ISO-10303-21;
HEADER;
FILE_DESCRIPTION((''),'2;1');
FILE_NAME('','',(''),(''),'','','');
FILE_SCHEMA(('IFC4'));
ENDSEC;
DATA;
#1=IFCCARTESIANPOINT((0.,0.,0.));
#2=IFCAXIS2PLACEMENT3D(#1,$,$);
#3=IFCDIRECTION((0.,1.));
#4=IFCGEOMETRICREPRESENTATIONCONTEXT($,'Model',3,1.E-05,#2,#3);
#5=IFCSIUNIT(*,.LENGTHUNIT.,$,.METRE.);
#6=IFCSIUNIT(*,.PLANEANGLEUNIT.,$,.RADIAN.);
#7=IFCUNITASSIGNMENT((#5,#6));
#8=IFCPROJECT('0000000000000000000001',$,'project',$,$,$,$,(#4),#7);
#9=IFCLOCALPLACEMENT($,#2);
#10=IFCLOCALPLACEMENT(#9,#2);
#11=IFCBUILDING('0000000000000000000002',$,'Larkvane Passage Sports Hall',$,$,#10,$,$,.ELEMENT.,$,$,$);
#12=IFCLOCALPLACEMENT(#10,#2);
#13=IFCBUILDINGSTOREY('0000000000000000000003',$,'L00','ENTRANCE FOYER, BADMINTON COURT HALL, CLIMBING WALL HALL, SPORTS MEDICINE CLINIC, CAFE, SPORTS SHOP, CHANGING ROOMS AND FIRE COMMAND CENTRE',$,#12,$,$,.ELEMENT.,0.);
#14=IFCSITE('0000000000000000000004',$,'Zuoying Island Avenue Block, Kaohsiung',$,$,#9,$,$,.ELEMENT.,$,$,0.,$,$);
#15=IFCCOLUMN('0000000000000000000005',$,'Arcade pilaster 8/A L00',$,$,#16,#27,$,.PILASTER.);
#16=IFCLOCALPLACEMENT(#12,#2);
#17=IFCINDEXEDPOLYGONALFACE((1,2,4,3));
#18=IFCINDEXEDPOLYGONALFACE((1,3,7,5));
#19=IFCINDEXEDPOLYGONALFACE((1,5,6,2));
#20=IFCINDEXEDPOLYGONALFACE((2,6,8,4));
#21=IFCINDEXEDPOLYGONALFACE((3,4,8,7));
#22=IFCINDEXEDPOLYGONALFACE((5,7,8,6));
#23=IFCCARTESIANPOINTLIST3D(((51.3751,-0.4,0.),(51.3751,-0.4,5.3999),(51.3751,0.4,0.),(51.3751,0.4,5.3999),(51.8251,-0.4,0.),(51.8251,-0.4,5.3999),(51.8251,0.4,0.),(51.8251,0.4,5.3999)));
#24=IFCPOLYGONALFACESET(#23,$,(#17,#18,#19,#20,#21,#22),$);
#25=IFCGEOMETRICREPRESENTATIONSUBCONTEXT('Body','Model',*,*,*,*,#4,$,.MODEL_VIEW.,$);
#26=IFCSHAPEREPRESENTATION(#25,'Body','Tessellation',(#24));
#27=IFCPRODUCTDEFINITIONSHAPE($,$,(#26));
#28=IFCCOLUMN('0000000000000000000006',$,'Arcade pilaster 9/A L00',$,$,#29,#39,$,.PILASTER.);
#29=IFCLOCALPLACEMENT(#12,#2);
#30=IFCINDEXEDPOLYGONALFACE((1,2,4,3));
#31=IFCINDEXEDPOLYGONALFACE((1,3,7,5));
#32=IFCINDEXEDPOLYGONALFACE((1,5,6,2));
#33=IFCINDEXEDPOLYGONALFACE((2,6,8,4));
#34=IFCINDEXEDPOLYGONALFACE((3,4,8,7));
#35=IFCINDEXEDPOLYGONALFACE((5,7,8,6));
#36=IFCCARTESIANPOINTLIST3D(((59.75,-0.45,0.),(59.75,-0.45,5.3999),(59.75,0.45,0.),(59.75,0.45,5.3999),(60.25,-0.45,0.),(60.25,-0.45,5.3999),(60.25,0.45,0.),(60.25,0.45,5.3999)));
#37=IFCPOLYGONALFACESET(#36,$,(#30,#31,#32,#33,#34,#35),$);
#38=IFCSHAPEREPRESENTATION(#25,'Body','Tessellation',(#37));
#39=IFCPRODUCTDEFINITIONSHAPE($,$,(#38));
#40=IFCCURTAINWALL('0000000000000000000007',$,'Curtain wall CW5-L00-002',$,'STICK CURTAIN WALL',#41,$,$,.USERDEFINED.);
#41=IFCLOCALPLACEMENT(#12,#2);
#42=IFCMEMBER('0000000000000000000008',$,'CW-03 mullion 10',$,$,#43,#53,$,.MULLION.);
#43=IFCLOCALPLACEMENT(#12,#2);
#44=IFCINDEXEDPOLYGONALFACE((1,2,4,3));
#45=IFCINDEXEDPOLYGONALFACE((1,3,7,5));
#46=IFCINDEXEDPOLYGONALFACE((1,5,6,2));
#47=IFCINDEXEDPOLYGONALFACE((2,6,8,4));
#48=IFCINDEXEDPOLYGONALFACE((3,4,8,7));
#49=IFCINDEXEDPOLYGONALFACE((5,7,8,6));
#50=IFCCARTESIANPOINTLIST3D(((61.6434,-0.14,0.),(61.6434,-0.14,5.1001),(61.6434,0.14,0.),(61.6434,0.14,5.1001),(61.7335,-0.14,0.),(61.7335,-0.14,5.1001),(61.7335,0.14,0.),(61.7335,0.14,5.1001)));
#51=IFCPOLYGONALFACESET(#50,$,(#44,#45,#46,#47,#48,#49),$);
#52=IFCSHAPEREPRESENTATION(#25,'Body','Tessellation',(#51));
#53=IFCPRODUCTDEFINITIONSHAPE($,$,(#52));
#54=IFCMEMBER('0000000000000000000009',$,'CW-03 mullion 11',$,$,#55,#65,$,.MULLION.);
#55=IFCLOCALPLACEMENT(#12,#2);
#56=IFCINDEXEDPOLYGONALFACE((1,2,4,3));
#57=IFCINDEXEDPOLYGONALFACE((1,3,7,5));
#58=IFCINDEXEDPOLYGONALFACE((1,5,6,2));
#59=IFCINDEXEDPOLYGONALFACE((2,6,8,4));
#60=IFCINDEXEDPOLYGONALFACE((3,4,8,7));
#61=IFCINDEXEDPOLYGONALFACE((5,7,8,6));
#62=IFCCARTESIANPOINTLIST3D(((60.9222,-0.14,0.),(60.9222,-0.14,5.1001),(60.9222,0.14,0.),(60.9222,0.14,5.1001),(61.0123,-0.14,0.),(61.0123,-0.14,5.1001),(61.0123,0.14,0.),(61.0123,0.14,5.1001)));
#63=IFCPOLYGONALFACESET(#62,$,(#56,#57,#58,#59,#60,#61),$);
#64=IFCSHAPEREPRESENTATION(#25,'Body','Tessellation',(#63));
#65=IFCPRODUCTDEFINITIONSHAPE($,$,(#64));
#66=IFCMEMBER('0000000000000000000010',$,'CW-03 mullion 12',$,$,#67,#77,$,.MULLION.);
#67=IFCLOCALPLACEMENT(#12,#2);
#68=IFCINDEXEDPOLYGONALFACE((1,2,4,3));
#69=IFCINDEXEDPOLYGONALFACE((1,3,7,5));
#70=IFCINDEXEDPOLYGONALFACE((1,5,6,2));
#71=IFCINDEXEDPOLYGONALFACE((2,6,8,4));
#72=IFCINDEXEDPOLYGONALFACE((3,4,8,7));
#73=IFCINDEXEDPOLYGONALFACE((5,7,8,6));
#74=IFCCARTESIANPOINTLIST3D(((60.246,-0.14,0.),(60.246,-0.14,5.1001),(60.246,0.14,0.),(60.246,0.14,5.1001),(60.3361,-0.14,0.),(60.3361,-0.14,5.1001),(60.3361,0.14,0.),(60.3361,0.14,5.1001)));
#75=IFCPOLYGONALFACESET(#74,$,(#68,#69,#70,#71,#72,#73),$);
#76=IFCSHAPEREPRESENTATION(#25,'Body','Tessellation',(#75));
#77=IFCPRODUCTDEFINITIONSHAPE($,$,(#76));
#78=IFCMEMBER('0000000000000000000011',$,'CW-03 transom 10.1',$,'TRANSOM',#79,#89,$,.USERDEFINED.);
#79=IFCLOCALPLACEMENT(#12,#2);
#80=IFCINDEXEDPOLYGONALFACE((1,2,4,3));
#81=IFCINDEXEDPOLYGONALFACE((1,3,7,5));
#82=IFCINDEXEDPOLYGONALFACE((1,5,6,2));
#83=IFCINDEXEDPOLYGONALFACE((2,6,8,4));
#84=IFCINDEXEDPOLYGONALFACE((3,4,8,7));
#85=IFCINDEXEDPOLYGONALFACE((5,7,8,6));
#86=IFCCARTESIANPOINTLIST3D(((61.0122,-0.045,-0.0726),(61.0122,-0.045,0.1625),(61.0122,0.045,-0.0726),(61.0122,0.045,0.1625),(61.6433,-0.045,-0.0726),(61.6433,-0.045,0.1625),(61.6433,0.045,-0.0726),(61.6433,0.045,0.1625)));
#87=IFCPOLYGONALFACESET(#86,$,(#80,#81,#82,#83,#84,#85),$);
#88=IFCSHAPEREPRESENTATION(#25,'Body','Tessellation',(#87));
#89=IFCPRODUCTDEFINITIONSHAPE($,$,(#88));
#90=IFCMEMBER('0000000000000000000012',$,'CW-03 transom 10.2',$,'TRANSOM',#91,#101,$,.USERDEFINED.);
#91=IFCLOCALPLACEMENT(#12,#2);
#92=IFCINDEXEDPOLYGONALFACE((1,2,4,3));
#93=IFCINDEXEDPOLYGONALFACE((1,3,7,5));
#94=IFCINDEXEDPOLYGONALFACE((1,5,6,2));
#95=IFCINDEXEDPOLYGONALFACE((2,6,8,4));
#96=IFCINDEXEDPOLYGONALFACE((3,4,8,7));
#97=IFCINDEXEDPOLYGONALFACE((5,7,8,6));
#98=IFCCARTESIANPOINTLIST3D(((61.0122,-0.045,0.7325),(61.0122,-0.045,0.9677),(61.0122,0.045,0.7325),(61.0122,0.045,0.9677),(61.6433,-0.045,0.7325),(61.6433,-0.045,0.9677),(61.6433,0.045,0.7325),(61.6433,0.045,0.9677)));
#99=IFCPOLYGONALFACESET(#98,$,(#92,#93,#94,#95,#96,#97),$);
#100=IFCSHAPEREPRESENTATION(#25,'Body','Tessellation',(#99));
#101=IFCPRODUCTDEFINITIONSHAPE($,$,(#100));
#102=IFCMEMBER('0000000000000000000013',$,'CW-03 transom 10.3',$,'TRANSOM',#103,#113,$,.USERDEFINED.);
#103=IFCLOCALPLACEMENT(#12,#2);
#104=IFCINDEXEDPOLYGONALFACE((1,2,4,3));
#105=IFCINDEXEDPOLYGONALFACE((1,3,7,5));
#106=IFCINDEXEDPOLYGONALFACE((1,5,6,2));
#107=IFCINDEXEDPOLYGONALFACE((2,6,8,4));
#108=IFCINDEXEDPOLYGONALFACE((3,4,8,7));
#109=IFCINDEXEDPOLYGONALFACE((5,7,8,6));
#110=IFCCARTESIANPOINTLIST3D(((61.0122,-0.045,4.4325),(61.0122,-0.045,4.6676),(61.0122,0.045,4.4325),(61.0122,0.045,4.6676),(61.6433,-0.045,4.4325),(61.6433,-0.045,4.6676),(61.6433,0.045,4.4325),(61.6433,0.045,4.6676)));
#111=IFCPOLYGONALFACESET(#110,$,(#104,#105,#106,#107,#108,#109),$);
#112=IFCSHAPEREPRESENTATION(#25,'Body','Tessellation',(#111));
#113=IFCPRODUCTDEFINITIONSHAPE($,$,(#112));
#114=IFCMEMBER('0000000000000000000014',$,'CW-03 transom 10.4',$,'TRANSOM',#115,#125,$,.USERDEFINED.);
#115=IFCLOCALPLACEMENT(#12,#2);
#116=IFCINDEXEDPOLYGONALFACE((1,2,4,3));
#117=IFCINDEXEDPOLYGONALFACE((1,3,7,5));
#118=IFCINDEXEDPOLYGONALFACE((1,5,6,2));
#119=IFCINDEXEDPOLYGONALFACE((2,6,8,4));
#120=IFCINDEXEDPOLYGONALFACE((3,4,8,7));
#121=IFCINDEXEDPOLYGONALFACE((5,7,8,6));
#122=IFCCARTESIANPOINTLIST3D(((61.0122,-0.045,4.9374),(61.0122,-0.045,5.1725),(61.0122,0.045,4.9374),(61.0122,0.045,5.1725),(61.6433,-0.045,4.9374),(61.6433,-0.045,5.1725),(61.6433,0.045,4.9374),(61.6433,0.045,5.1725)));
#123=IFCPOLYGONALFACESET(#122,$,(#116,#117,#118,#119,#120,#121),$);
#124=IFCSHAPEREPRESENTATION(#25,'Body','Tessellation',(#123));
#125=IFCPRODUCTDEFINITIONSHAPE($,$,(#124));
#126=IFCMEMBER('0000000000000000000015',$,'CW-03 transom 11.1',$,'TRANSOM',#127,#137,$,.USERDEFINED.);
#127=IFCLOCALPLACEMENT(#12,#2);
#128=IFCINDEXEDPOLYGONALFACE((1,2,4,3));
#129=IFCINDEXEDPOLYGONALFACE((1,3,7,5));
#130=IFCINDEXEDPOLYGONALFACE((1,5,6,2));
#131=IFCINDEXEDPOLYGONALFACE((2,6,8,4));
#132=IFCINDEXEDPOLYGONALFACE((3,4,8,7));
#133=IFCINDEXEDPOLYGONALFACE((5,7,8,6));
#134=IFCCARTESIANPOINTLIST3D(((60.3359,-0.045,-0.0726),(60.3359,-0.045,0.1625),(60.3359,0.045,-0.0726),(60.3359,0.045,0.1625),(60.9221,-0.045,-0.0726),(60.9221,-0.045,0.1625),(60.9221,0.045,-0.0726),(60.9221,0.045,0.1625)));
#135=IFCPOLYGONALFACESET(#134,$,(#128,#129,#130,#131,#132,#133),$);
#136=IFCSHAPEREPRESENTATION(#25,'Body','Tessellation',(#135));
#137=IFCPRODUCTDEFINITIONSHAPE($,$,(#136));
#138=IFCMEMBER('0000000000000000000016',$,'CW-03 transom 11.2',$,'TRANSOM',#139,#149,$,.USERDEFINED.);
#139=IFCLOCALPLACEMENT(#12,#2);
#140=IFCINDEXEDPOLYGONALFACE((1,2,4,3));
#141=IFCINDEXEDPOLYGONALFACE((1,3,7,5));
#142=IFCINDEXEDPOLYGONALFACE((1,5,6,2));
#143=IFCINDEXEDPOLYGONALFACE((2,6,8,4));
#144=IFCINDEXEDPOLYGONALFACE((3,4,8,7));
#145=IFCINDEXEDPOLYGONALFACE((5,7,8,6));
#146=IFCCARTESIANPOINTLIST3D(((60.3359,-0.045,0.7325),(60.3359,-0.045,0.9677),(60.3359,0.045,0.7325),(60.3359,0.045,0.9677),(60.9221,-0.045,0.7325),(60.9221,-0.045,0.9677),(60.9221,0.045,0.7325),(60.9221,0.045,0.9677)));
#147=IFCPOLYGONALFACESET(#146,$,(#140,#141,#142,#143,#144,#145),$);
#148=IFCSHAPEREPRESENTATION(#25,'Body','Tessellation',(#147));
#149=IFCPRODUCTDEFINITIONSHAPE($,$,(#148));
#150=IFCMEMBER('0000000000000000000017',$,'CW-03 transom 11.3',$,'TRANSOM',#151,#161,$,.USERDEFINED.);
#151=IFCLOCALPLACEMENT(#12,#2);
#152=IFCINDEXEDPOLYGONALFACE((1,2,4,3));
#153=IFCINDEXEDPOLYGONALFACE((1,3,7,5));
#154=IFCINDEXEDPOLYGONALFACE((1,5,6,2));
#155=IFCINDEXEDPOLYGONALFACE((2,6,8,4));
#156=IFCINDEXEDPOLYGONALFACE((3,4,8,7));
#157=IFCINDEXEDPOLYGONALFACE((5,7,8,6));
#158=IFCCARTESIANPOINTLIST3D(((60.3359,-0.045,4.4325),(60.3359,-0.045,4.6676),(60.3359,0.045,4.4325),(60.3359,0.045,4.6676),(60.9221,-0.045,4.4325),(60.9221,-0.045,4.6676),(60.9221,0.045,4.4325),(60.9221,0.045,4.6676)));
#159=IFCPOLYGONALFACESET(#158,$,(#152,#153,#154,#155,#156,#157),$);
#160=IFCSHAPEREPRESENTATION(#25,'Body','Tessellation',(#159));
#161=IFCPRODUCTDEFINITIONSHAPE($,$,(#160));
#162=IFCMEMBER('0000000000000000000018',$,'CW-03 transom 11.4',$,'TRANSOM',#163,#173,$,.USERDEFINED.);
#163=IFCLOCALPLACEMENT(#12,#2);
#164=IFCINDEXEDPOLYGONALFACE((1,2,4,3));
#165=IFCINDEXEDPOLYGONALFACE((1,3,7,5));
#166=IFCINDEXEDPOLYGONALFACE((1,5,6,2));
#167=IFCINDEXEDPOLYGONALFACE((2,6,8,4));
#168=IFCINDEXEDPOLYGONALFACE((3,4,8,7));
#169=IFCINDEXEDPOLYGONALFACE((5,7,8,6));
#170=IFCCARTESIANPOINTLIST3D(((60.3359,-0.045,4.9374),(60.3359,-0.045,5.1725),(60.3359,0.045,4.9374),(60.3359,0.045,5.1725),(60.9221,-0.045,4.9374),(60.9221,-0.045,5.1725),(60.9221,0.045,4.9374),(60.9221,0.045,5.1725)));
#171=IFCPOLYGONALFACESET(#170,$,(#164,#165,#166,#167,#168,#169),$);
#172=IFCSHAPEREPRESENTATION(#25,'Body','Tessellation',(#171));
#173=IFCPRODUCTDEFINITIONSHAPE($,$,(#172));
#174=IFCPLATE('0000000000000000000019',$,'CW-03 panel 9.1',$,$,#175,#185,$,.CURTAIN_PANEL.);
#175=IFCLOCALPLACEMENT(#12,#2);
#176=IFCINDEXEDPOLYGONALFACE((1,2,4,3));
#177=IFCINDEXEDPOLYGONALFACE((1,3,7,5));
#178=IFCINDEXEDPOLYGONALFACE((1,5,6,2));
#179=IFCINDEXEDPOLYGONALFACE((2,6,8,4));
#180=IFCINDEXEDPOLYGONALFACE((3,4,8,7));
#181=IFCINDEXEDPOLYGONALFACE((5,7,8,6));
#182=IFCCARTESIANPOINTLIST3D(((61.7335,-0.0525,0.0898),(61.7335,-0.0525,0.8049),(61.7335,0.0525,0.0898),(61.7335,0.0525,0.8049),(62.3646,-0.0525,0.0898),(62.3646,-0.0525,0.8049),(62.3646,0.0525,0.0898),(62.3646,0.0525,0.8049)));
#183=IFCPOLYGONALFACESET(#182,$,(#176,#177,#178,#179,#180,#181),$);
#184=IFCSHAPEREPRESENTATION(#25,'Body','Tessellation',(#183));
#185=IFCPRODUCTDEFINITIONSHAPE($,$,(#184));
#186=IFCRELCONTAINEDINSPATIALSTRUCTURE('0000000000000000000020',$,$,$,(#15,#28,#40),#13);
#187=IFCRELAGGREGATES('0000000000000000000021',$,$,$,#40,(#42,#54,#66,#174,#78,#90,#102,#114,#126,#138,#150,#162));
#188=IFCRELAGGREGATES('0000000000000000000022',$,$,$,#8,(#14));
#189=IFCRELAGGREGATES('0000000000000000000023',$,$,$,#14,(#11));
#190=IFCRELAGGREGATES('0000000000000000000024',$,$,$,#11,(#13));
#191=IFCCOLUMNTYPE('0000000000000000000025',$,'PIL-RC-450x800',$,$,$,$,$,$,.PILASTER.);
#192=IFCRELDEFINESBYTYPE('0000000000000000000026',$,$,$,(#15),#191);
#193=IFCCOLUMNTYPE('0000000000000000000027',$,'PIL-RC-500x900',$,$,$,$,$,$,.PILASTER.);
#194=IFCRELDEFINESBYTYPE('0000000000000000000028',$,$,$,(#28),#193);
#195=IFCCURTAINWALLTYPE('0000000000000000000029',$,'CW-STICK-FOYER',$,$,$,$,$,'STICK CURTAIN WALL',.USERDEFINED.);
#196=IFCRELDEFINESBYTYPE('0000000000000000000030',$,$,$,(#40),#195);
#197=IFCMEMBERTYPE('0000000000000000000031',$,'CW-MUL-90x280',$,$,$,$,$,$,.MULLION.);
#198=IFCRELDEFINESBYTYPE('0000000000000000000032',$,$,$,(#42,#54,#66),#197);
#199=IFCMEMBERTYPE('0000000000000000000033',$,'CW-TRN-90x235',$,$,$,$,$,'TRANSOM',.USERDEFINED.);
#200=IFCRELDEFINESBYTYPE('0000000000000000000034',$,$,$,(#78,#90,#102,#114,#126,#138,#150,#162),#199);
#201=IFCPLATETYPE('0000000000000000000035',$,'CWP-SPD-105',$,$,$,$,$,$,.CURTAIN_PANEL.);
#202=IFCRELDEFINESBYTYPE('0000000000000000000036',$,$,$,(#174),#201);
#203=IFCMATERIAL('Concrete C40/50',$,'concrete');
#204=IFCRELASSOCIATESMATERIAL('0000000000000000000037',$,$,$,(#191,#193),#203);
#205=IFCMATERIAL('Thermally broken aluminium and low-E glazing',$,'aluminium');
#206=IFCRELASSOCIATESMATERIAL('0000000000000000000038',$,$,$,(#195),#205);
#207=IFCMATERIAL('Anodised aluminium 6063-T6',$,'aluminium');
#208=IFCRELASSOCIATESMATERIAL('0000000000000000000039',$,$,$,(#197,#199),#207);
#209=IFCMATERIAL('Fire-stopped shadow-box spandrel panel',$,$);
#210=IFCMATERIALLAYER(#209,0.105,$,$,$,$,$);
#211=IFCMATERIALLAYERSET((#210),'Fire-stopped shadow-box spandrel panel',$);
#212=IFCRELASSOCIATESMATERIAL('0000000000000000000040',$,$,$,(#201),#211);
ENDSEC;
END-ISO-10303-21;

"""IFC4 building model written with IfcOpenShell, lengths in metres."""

from ifc_helpers import new_model, si_unit, direction, frame, origin, origin_2d, place, context, subcontext, project, spatial, rectangle, extrude, material, layer, layer_set, material_profile, profile_set, type_object, element, aggregate, save


model = new_model("IFC4")

# Units and contexts
model_context = context("Model", 3, precision=1e-05, world=origin(), true_north=direction((0.0, 1.0)))
body_context = subcontext(model_context, "Body", "Model", "MODEL_VIEW")
ifc_project = project(units=[si_unit("LENGTHUNIT", "METRE"), si_unit("PLANEANGLEUNIT", "RADIAN")], contexts=[model_context])

# Site, building, storey
site_placement = place(None, origin())
site = spatial("IfcSite", under=ifc_project, at=site_placement, Name="Zuoying Island Avenue Block, Kaohsiung", CompositionType="ELEMENT", RefElevation=0.0)
building_placement = place(site_placement, origin())
building = spatial("IfcBuilding", under=site, at=building_placement, Name="Larkvane Passage Sports Hall", CompositionType="ELEMENT")
storey_placement = place(building_placement, origin())
storey = spatial("IfcBuildingStorey", under=building, at=storey_placement, Name="L00", Description="ENTRANCE FOYER, BADMINTON COURT HALL, CLIMBING WALL HALL, SPORTS MEDICINE CLINIC, CAFE, SPORTS SHOP, CHANGING ROOMS AND FIRE COMMAND CENTRE", CompositionType="ELEMENT", Elevation=0.0)

# Columns
ifc_material_1 = material(Name="Concrete C40/50", Category="concrete")
ifc_material_profile_1 = material_profile(ifc_material_1, rectangle(XDim=0.45, YDim=0.8, at=origin_2d()), Name="RC-PIL-450x800")
ifc_profile_set_1 = profile_set([ifc_material_profile_1], Name="Concrete C40/50")
column_type_1 = type_object("IfcColumnType", Name="PIL-RC-450x800", PredefinedType="PILASTER", material=ifc_profile_set_1)
column_1_placement = place(storey_placement, frame((51.6001, 0.0, 0.0), z_axis=(0.0, 0.0, 1.0), x_axis=(1.0, 0.0, 0.0)))
element("IfcColumn", 1, at=column_1_placement, inside=storey, type_object=column_type_1, Name="Arcade pilaster 8/A L00", PredefinedType="PILASTER", context=body_context, shape_type="SweptSolid", body=[
    extrude(rectangle(XDim=0.45, YDim=0.8, at=origin_2d()), origin(), (0.0, 0.0, 1.0), 5.3999),
])
ifc_material_profile_2 = material_profile(ifc_material_1, rectangle(XDim=0.5, YDim=0.8999, at=origin_2d()), Name="RC-PIL-500x900")
ifc_profile_set_2 = profile_set([ifc_material_profile_2], Name="Concrete C40/50")
column_type_2 = type_object("IfcColumnType", Name="PIL-RC-500x900", PredefinedType="PILASTER", material=ifc_profile_set_2)
column_2_placement = place(storey_placement, frame((60.0, 0.0, 0.0), z_axis=(0.0, 0.0, 1.0), x_axis=(1.0, 0.0, 0.0)))
element("IfcColumn", 2, at=column_2_placement, inside=storey, type_object=column_type_2, Name="Arcade pilaster 9/A L00", PredefinedType="PILASTER", context=body_context, shape_type="SweptSolid", body=[
    extrude(rectangle(XDim=0.5, YDim=0.8999, at=origin_2d()), origin(), (0.0, 0.0, 1.0), 5.3999),
])

# Curtain wall, members, plate
ifc_material_2 = material(Name="Thermally broken aluminium and low-E glazing", Category="aluminium")
curtain_wall_type = type_object("IfcCurtainWallType", Name="CW-STICK-FOYER", ElementType="STICK CURTAIN WALL", PredefinedType="USERDEFINED", material=ifc_material_2)
curtain_wall_placement = place(storey_placement, origin())
curtain_wall = element("IfcCurtainWall", 3, at=curtain_wall_placement, inside=storey, type_object=curtain_wall_type, Name="Curtain wall CW5-L00-002", ObjectType="STICK CURTAIN WALL", PredefinedType="USERDEFINED")
ifc_material_3 = material(Name="Anodised aluminium 6063-T6", Category="aluminium")
ifc_material_profile_3 = material_profile(ifc_material_3, rectangle(XDim=0.0901, YDim=0.28, at=origin_2d()), Name="ALU-MUL-90x280")
ifc_profile_set_3 = profile_set([ifc_material_profile_3], Name="Anodised aluminium 6063-T6")
member_type_1 = type_object("IfcMemberType", Name="CW-MUL-90x280", PredefinedType="MULLION", material=ifc_profile_set_3)
member_1_placement = place(storey_placement, frame((61.6885, 0.0, 0.0), z_axis=(0.0, 0.0, 1.0), x_axis=(-1.0, 0.0, 0.0)))
member_1 = element("IfcMember", 4, at=member_1_placement, type_object=member_type_1, Name="CW-03 mullion 10", PredefinedType="MULLION", context=body_context, shape_type="SweptSolid", body=[
    extrude(rectangle(XDim=0.0901, YDim=0.28, at=origin_2d()), origin(), (0.0, 0.0, 1.0), 5.1001),
])
member_2_placement = place(storey_placement, frame((60.9673, 0.0, 0.0), z_axis=(0.0, 0.0, 1.0), x_axis=(-1.0, 0.0, 0.0)))
member_2 = element("IfcMember", 5, at=member_2_placement, type_object=member_type_1, Name="CW-03 mullion 11", PredefinedType="MULLION", context=body_context, shape_type="SweptSolid", body=[
    extrude(rectangle(XDim=0.0901, YDim=0.28, at=origin_2d()), origin(), (0.0, 0.0, 1.0), 5.1001),
])
member_3_placement = place(storey_placement, frame((60.291, 0.0, 0.0), z_axis=(0.0, 0.0, 1.0), x_axis=(-1.0, 0.0, 0.0)))
member_3 = element("IfcMember", 6, at=member_3_placement, type_object=member_type_1, Name="CW-03 mullion 12", PredefinedType="MULLION", context=body_context, shape_type="SweptSolid", body=[
    extrude(rectangle(XDim=0.0901, YDim=0.28, at=origin_2d()), origin(), (0.0, 0.0, 1.0), 5.1001),
])
ifc_material_profile_4 = material_profile(ifc_material_3, rectangle(XDim=0.0901, YDim=0.2351, at=origin_2d()), Name="ALU-TRN-90x235")
ifc_profile_set_4 = profile_set([ifc_material_profile_4], Name="Anodised aluminium 6063-T6")
member_type_2 = type_object("IfcMemberType", Name="CW-TRN-90x235", ElementType="TRANSOM", PredefinedType="USERDEFINED", material=ifc_profile_set_4)
member_4_placement = place(storey_placement, frame((61.6433, 0.0, 0.0449), z_axis=(-1.0, 0.0, 0.0), x_axis=(0.0, -1.0, 0.0)))
member_4 = element("IfcMember", 7, at=member_4_placement, type_object=member_type_2, Name="CW-03 transom 10.1", ObjectType="TRANSOM", PredefinedType="USERDEFINED", context=body_context, shape_type="SweptSolid", body=[
    extrude(rectangle(XDim=0.0901, YDim=0.2351, at=origin_2d()), origin(), (0.0, 0.0, 1.0), 0.6311),
])
member_5_placement = place(storey_placement, frame((61.6433, 0.0, 0.8501), z_axis=(-1.0, 0.0, 0.0), x_axis=(0.0, -1.0, 0.0)))
member_5 = element("IfcMember", 8, at=member_5_placement, type_object=member_type_2, Name="CW-03 transom 10.2", ObjectType="TRANSOM", PredefinedType="USERDEFINED", context=body_context, shape_type="SweptSolid", body=[
    extrude(rectangle(XDim=0.0901, YDim=0.2351, at=origin_2d()), origin(), (0.0, 0.0, 1.0), 0.6311),
])
member_6_placement = place(storey_placement, frame((61.6433, 0.0, 4.55), z_axis=(-1.0, 0.0, 0.0), x_axis=(0.0, -1.0, 0.0)))
member_6 = element("IfcMember", 9, at=member_6_placement, type_object=member_type_2, Name="CW-03 transom 10.3", ObjectType="TRANSOM", PredefinedType="USERDEFINED", context=body_context, shape_type="SweptSolid", body=[
    extrude(rectangle(XDim=0.0901, YDim=0.2351, at=origin_2d()), origin(), (0.0, 0.0, 1.0), 0.6311),
])
member_7_placement = place(storey_placement, frame((61.6433, 0.0, 5.0549), z_axis=(-1.0, 0.0, 0.0), x_axis=(0.0, -1.0, 0.0)))
member_7 = element("IfcMember", 10, at=member_7_placement, type_object=member_type_2, Name="CW-03 transom 10.4", ObjectType="TRANSOM", PredefinedType="USERDEFINED", context=body_context, shape_type="SweptSolid", body=[
    extrude(rectangle(XDim=0.0901, YDim=0.2351, at=origin_2d()), origin(), (0.0, 0.0, 1.0), 0.6311),
])
member_8_placement = place(storey_placement, frame((60.9221, 0.0, 0.0449), z_axis=(-1.0, 0.0, 0.0), x_axis=(0.0, -1.0, 0.0)))
member_8 = element("IfcMember", 11, at=member_8_placement, type_object=member_type_2, Name="CW-03 transom 11.1", ObjectType="TRANSOM", PredefinedType="USERDEFINED", context=body_context, shape_type="SweptSolid", body=[
    extrude(rectangle(XDim=0.0901, YDim=0.2351, at=origin_2d()), origin(), (0.0, 0.0, 1.0), 0.5862),
])
member_9_placement = place(storey_placement, frame((60.9221, 0.0, 0.8501), z_axis=(-1.0, 0.0, 0.0), x_axis=(0.0, -1.0, 0.0)))
member_9 = element("IfcMember", 12, at=member_9_placement, type_object=member_type_2, Name="CW-03 transom 11.2", ObjectType="TRANSOM", PredefinedType="USERDEFINED", context=body_context, shape_type="SweptSolid", body=[
    extrude(rectangle(XDim=0.0901, YDim=0.2351, at=origin_2d()), origin(), (0.0, 0.0, 1.0), 0.5862),
])
member_10_placement = place(storey_placement, frame((60.9221, 0.0, 4.55), z_axis=(-1.0, 0.0, 0.0), x_axis=(0.0, -1.0, 0.0)))
member_10 = element("IfcMember", 13, at=member_10_placement, type_object=member_type_2, Name="CW-03 transom 11.3", ObjectType="TRANSOM", PredefinedType="USERDEFINED", context=body_context, shape_type="SweptSolid", body=[
    extrude(rectangle(XDim=0.0901, YDim=0.2351, at=origin_2d()), origin(), (0.0, 0.0, 1.0), 0.5862),
])
member_11_placement = place(storey_placement, frame((60.9221, 0.0, 5.0549), z_axis=(-1.0, 0.0, 0.0), x_axis=(0.0, -1.0, 0.0)))
member_11 = element("IfcMember", 14, at=member_11_placement, type_object=member_type_2, Name="CW-03 transom 11.4", ObjectType="TRANSOM", PredefinedType="USERDEFINED", context=body_context, shape_type="SweptSolid", body=[
    extrude(rectangle(XDim=0.0901, YDim=0.2351, at=origin_2d()), origin(), (0.0, 0.0, 1.0), 0.5862),
])
ifc_material_4 = material(Name="Fire-stopped shadow-box spandrel panel")
ifc_layer_1 = layer(ifc_material_4, 0.105)
ifc_layer_set_1 = layer_set([ifc_layer_1], Name="Fire-stopped shadow-box spandrel panel")
plate_type_1 = type_object("IfcPlateType", Name="CWP-SPD-105", PredefinedType="CURTAIN_PANEL", material=ifc_layer_set_1)
plate_1_placement = place(storey_placement, frame((62.0491, 0.0, 0.0898), z_axis=(0.0, 0.0, 1.0), x_axis=(-1.0, 0.0, 0.0)))
plate_1 = element("IfcPlate", 15, at=plate_1_placement, type_object=plate_type_1, Name="CW-03 panel 9.1", PredefinedType="CURTAIN_PANEL", context=body_context, shape_type="SweptSolid", body=[
    extrude(rectangle(XDim=0.6311, YDim=0.105, at=origin_2d()), origin(), (0.0, 0.0, 1.0), 0.7151),
])
aggregate(curtain_wall, [member_1, member_2, member_3, plate_1, member_4, member_5, member_6, member_7, member_8, member_9, member_10, member_11])

save(model, "model.ifc")
